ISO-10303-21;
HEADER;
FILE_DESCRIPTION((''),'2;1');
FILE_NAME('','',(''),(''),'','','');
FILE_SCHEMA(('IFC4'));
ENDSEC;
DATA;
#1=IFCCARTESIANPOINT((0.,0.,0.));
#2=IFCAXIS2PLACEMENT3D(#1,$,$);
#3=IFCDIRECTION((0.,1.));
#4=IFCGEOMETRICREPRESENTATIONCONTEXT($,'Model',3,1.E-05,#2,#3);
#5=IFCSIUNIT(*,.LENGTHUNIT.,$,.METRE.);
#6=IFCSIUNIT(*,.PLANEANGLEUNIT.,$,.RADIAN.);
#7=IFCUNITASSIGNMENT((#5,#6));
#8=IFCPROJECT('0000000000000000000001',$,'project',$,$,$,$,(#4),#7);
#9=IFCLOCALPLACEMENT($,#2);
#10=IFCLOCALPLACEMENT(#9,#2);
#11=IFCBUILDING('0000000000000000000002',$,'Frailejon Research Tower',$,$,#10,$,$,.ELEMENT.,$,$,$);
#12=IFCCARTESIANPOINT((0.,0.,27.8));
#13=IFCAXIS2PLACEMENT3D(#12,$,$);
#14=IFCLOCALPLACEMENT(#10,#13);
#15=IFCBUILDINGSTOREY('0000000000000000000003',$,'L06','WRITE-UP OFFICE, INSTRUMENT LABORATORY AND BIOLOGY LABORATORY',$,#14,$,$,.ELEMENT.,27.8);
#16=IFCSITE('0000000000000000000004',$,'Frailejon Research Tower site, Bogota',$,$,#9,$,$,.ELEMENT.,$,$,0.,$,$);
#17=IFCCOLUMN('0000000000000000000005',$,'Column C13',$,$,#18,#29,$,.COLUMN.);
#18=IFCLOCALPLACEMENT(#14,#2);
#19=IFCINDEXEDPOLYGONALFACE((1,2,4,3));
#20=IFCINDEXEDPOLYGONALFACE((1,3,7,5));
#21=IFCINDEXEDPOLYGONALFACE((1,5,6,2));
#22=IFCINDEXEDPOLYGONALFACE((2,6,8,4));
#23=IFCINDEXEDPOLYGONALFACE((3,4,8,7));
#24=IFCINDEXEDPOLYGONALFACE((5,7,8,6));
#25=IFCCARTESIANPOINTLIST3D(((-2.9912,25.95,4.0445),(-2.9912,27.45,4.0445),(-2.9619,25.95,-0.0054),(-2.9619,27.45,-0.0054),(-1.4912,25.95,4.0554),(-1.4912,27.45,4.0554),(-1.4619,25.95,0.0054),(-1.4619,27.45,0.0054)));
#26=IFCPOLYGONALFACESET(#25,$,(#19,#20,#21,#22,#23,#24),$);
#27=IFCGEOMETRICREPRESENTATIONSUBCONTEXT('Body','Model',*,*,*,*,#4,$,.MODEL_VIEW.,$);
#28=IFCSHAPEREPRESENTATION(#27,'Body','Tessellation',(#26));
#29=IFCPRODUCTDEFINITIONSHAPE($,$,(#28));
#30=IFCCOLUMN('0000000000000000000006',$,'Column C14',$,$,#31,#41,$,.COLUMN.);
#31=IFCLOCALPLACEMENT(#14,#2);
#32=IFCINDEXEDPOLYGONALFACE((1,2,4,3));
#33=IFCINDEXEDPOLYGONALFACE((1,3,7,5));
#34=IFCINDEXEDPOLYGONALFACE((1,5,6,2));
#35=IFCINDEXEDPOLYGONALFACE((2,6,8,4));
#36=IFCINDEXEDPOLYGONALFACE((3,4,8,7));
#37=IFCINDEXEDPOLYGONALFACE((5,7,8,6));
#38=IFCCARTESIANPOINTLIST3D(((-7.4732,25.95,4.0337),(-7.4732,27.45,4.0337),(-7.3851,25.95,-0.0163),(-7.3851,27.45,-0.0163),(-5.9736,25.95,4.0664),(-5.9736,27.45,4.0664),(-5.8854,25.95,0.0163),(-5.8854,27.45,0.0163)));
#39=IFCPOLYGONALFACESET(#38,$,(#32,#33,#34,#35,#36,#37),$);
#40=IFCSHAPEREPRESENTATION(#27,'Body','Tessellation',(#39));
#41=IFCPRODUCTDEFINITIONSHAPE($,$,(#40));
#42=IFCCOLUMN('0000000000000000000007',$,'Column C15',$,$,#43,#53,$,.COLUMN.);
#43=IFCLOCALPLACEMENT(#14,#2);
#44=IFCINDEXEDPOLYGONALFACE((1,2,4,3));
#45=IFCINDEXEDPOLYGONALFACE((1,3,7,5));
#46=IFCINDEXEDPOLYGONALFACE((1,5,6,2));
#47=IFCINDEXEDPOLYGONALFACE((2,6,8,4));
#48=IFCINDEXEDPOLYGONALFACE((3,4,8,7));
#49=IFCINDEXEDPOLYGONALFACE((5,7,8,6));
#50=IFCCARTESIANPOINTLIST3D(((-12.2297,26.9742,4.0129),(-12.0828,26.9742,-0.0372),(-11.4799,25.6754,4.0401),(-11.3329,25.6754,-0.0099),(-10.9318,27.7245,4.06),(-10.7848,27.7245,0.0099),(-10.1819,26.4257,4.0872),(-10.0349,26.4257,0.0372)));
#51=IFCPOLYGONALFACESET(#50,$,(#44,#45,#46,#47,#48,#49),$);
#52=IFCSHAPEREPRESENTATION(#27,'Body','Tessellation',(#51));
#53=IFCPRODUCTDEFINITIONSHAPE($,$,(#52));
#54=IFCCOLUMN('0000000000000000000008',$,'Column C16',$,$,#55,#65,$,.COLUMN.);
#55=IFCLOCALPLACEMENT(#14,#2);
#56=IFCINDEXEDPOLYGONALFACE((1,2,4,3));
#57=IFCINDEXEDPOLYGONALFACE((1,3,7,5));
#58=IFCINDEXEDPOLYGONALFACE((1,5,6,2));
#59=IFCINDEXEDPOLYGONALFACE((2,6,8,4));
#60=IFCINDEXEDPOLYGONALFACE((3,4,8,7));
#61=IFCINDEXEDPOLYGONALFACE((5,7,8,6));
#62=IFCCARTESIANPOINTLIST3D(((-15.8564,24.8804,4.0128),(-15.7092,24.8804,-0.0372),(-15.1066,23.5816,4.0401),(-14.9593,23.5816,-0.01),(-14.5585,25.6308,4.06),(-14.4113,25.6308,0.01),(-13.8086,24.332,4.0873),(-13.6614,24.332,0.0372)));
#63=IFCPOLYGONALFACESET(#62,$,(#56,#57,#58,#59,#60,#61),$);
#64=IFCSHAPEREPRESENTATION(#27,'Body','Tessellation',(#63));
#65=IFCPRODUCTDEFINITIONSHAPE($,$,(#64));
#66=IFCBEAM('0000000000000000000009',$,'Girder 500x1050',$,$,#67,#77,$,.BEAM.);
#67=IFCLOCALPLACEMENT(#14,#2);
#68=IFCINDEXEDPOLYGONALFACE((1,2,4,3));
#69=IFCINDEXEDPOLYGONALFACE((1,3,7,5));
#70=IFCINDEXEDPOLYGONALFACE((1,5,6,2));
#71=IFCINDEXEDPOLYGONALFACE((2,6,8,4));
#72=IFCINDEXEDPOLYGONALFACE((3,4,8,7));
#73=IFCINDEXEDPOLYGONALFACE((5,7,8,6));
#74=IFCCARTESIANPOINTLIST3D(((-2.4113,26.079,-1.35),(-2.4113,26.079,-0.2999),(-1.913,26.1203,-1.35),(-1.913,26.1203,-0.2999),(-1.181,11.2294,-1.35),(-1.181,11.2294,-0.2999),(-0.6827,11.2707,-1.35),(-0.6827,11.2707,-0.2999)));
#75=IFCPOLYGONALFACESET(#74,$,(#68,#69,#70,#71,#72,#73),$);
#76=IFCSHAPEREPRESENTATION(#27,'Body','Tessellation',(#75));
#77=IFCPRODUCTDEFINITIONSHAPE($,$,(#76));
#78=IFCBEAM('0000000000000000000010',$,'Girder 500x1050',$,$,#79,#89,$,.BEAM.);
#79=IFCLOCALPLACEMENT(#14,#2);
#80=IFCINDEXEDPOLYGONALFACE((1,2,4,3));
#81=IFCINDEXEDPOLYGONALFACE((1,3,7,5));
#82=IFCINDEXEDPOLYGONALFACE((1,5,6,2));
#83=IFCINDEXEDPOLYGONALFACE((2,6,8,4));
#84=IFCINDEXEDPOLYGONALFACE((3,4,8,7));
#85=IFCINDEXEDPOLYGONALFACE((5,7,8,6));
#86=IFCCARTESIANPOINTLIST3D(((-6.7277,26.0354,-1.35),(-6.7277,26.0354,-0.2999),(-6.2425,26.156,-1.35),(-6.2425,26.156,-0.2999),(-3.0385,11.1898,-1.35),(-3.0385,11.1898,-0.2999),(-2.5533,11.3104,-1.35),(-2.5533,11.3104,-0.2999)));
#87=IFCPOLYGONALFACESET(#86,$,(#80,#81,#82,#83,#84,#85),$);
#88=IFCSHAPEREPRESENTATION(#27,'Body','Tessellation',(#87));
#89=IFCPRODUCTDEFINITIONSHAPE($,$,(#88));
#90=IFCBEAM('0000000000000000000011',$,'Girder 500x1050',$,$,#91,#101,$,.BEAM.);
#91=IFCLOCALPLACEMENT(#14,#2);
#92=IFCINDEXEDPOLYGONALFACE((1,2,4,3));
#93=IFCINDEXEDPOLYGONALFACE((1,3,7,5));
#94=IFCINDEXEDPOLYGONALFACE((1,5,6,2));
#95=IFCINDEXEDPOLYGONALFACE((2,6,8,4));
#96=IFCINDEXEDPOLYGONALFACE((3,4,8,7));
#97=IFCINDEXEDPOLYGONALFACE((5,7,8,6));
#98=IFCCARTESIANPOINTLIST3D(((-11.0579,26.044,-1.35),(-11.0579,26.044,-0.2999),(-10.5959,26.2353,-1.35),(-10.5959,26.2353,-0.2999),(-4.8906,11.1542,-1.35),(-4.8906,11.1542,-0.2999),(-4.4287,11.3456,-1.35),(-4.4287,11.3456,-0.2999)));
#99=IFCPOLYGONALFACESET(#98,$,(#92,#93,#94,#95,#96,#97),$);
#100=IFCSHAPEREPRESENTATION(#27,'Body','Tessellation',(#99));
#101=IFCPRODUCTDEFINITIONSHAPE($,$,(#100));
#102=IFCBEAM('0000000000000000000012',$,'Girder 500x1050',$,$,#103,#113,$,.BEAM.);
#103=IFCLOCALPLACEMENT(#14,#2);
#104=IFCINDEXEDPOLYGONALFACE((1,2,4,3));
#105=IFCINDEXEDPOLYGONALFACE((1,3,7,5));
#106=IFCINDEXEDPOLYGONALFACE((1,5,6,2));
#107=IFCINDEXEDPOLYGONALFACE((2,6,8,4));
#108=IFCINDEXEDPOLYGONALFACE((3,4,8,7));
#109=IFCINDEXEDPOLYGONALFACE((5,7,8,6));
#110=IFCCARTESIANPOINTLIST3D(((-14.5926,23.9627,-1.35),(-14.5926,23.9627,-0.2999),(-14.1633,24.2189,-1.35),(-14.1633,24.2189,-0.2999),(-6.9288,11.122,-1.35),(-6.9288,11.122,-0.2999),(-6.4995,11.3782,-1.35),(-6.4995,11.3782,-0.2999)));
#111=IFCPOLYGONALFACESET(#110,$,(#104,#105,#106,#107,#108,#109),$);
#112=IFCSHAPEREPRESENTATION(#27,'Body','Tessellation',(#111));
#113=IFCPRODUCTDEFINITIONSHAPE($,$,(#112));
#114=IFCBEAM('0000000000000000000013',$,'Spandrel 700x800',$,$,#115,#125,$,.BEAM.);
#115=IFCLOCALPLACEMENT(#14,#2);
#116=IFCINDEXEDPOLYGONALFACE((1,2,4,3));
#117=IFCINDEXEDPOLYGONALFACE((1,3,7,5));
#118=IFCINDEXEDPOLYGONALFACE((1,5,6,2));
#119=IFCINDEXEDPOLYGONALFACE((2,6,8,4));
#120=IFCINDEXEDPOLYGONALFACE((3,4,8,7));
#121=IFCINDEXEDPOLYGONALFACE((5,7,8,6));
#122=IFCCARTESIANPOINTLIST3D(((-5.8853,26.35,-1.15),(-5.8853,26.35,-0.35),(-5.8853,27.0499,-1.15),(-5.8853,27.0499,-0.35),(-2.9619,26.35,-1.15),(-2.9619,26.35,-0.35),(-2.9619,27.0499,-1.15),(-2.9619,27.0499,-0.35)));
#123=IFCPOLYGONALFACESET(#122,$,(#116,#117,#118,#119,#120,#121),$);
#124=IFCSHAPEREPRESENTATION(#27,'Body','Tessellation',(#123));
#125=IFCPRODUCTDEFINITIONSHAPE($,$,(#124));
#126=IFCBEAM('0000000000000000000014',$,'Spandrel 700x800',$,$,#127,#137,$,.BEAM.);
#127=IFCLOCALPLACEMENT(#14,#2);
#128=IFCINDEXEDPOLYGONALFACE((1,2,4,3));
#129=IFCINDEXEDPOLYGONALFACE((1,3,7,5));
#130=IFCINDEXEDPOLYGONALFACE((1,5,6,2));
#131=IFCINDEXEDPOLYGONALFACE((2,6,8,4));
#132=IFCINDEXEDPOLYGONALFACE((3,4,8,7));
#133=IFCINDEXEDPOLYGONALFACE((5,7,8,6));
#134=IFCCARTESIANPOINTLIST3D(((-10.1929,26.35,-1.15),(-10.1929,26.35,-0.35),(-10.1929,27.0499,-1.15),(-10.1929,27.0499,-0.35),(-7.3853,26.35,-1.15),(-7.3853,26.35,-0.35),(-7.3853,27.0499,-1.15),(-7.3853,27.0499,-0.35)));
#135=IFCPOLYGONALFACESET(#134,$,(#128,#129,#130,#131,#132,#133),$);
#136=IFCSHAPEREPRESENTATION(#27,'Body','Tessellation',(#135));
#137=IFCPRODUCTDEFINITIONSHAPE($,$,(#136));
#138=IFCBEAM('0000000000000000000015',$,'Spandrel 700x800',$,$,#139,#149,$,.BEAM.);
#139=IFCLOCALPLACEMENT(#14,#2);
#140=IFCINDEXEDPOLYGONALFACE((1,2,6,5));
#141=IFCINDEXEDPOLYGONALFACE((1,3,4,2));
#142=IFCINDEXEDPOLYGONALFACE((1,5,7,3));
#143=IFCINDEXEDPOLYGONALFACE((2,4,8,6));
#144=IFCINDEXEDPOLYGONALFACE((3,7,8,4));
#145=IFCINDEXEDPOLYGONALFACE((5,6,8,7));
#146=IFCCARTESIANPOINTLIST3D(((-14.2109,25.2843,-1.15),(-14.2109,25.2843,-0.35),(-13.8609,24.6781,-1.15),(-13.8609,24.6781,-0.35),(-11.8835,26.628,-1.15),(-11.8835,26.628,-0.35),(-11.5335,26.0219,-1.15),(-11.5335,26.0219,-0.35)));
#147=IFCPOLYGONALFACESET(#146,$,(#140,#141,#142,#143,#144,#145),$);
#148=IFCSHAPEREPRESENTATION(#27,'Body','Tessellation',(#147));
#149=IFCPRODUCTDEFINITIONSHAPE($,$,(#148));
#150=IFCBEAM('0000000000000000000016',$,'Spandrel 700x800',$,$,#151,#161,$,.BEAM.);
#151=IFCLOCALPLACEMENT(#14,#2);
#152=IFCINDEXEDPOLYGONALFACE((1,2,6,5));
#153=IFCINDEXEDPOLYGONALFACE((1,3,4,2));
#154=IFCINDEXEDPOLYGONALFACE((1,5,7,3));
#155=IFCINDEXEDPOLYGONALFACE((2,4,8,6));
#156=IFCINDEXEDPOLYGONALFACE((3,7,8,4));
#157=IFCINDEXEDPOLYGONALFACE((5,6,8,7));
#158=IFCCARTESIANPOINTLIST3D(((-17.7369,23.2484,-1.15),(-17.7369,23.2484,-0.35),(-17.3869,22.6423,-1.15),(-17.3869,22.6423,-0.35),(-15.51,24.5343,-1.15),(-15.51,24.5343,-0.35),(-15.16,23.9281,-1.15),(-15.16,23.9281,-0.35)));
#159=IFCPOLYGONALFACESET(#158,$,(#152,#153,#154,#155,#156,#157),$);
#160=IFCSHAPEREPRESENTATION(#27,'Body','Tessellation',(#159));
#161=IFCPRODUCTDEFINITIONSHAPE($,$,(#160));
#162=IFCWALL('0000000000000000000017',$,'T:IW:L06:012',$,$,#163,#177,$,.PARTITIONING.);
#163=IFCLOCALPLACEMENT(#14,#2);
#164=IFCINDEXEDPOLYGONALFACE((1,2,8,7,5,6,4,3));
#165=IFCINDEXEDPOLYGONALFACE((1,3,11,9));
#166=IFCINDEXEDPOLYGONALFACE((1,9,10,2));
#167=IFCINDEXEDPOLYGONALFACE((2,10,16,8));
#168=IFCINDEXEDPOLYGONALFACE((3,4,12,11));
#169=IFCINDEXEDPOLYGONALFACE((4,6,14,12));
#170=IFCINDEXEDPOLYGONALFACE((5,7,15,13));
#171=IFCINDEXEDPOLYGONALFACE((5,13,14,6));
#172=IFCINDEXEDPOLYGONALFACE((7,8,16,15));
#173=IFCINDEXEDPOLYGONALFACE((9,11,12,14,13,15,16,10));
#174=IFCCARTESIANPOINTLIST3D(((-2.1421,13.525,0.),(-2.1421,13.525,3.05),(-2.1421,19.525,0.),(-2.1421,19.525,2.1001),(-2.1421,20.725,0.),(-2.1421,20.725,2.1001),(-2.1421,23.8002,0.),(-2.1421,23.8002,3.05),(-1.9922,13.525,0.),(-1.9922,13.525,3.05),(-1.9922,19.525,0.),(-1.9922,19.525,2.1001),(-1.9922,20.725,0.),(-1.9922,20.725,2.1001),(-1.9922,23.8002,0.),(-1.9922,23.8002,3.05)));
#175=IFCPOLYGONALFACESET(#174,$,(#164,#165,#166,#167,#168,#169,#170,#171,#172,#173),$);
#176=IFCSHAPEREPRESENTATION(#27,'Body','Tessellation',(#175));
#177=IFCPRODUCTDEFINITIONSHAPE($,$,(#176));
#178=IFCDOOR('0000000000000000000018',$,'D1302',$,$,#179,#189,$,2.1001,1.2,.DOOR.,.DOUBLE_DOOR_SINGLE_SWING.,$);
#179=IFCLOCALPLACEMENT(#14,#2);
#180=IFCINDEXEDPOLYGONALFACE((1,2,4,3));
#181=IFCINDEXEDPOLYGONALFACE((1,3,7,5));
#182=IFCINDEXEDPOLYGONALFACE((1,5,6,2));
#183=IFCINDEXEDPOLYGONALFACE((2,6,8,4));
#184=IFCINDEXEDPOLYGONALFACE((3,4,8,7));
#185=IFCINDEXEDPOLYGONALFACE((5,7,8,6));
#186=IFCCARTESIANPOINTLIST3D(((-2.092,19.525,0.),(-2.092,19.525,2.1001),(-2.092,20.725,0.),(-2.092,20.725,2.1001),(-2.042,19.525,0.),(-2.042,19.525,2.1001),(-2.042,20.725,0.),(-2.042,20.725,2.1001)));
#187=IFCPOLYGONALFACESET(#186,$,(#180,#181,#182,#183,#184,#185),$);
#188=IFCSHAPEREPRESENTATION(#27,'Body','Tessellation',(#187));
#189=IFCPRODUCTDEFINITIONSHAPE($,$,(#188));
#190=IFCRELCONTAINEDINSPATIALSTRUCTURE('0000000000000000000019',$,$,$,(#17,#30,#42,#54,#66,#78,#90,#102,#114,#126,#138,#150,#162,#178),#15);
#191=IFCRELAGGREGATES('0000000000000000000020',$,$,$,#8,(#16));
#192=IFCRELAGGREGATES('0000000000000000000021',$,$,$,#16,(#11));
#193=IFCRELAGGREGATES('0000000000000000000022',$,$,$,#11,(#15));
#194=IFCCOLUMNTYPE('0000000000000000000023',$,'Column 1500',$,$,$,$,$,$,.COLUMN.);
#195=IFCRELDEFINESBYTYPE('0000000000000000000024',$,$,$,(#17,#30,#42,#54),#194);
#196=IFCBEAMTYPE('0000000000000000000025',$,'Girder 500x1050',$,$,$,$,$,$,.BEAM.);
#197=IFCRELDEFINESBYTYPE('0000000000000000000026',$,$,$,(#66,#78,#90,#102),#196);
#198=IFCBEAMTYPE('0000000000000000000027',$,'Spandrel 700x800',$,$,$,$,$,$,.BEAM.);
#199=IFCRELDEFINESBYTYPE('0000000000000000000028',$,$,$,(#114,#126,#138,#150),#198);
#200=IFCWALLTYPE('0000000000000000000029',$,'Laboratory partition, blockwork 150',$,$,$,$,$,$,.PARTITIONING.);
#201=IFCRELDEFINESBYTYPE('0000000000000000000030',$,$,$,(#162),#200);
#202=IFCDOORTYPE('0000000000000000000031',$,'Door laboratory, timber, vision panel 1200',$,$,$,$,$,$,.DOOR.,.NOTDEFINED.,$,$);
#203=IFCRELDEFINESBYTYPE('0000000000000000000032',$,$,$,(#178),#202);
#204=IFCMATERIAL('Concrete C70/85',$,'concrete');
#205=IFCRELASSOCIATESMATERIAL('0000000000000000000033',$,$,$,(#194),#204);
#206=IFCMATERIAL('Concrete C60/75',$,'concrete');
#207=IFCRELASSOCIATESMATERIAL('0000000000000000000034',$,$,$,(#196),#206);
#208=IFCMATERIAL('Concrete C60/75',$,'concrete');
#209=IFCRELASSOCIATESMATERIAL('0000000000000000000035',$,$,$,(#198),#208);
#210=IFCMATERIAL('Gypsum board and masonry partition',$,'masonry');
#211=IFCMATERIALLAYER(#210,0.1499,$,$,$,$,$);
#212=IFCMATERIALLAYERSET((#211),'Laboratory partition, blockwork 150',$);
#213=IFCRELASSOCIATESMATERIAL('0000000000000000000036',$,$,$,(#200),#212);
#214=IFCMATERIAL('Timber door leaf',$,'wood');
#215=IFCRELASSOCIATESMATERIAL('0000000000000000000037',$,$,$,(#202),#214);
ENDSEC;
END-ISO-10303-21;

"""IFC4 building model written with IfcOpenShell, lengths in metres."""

from ifc_helpers import new_model, si_unit, direction, frame, frame_2d, origin, origin_2d, place, context, subcontext, project, spatial, rectangle, extrude, material, layer, layer_set, material_profile, profile_set, type_object, element, fill, save


model = new_model("IFC4")

# Units and contexts
model_context = context("Model", 3, precision=1e-05, world=origin(), true_north=direction((0.0, 1.0)))
body_context = subcontext(model_context, "Body", "Model", "MODEL_VIEW")
ifc_project = project(units=[si_unit("LENGTHUNIT", "METRE"), si_unit("PLANEANGLEUNIT", "RADIAN")], contexts=[model_context])

# Site, building, storey
site_placement = place(None, origin())
site = spatial("IfcSite", under=ifc_project, at=site_placement, Name="Frailejon Research Tower site, Bogota", CompositionType="ELEMENT", RefElevation=0.0)
building_placement = place(site_placement, origin())
building = spatial("IfcBuilding", under=site, at=building_placement, Name="Frailejon Research Tower", CompositionType="ELEMENT")
storey_placement = place(building_placement, frame((0.0, 0.0, 27.8)))
storey = spatial("IfcBuildingStorey", under=building, at=storey_placement, Name="L06", Description="WRITE-UP OFFICE, INSTRUMENT LABORATORY AND BIOLOGY LABORATORY", CompositionType="ELEMENT", Elevation=27.8)

# Columns
ifc_material_1 = material(Name="Concrete C70/85", Category="concrete")
ifc_material_profile_1 = material_profile(ifc_material_1, rectangle(XDim=1.5, YDim=1.5, at=origin_2d()), Name="Column 1500")
ifc_profile_set_1 = profile_set([ifc_material_profile_1], Name="Concrete C70/85")
column_type = type_object("IfcColumnType", Name="Column 1500", PredefinedType="COLUMN", material=ifc_profile_set_1)
column_1_placement = place(storey_placement, frame((-2.2119, 26.7, 0.0), z_axis=(-0.007234, 0.0, 0.999974), x_axis=(-0.999974, 0.0, -0.007234)))
element("IfcColumn", 1, at=column_1_placement, inside=storey, type_object=column_type, Name="Column C13", PredefinedType="COLUMN", context=body_context, shape_type="SweptSolid", body=[
    extrude(rectangle(XDim=1.5, YDim=1.5, at=origin_2d()), origin(), (0.0, 0.0, 1.0), 4.05),
])
column_2_placement = place(storey_placement, frame((-6.6353, 26.7, 0.0), z_axis=(-0.021756, 0.0, 0.999763), x_axis=(-0.999763, 0.0, -0.021756)))
element("IfcColumn", 2, at=column_2_placement, inside=storey, type_object=column_type, Name="Column C14", PredefinedType="COLUMN", context=body_context, shape_type="SweptSolid", body=[
    extrude(rectangle(XDim=1.5, YDim=1.5, at=origin_2d()), origin(), (0.0, 0.0, 1.0), 4.051),
])
for number, where, z_axis, x_axis, name in (
    (3, (-11.0588, 26.7, 0.0), (-0.036265, 0.0, 0.999342), (-0.865314, -0.500246, -0.031401), "Column C15"),
    (4, (-14.6853, 24.6062, 0.0), (-0.036325, 0.0, 0.99934), (-0.865312, -0.500246, -0.031454), "Column C16"),
):
    element("IfcColumn", number, at=place(storey_placement, frame(where, z_axis=z_axis, x_axis=x_axis)), inside=storey, type_object=column_type, Name=name, PredefinedType="COLUMN", context=body_context, shape_type="SweptSolid", body=[
        extrude(rectangle(XDim=1.5, YDim=1.5, at=origin_2d()), origin(), (0.0, 0.0, 1.0), 4.0527),
    ])

# Beams
ifc_material_2 = material(Name="Concrete C60/75", Category="concrete")
ifc_material_profile_2 = material_profile(ifc_material_2, rectangle(XDim=0.5, YDim=1.05, at=origin_2d()), Name="Girder 500x1050")
ifc_profile_set_2 = profile_set([ifc_material_profile_2], Name="Concrete C60/75")
beam_type_1 = type_object("IfcBeamType", Name="Girder 500x1050", PredefinedType="BEAM", material=ifc_profile_set_2)
beam_1_placement = place(storey_placement, frame((-2.1621, 26.0996, -0.825), z_axis=(0.082563, -0.996586, 0.0), x_axis=(0.996586, 0.082563, 0.0)))
element("IfcBeam", 5, at=beam_1_placement, inside=storey, type_object=beam_type_1, Name="Girder 500x1050", PredefinedType="BEAM", context=body_context, shape_type="SweptSolid", body=[
    extrude(rectangle(XDim=0.5, YDim=1.05, at=origin_2d()), origin(), (0.0, 0.0, 1.0), 14.9004),
])
beam_2_placement = place(storey_placement, frame((-6.4851, 26.0957, -0.825), z_axis=(0.241168, -0.970483, 0.0), x_axis=(0.970483, 0.241168, 0.0)))
element("IfcBeam", 6, at=beam_2_placement, inside=storey, type_object=beam_type_1, Name="Girder 500x1050", PredefinedType="BEAM", context=body_context, shape_type="SweptSolid", body=[
    extrude(rectangle(XDim=0.5, YDim=1.05, at=origin_2d()), origin(), (0.0, 0.0, 1.0), 15.2971),
])
beam_3_placement = place(storey_placement, frame((-10.8269, 26.1396, -0.825), z_axis=(0.38267, -0.923885, 0.0), x_axis=(0.923885, 0.38267, 0.0)))
element("IfcBeam", 7, at=beam_3_placement, inside=storey, type_object=beam_type_1, Name="Girder 500x1050", PredefinedType="BEAM", context=body_context, shape_type="SweptSolid", body=[
    extrude(rectangle(XDim=0.5, YDim=1.05, at=origin_2d()), origin(), (0.0, 0.0, 1.0), 16.1165),
])
beam_4_placement = place(storey_placement, frame((-14.3779, 24.0908, -0.825), z_axis=(0.512494, -0.858691, 0.0), x_axis=(0.858691, 0.512494, 0.0)))
element("IfcBeam", 8, at=beam_4_placement, inside=storey, type_object=beam_type_1, Name="Girder 500x1050", PredefinedType="BEAM", context=body_context, shape_type="SweptSolid", body=[
    extrude(rectangle(XDim=0.5, YDim=1.05, at=origin_2d()), origin(), (0.0, 0.0, 1.0), 14.9539),
])
ifc_material_3 = material(Name="Concrete C60/75", Category="concrete")
ifc_material_profile_3 = material_profile(ifc_material_3, rectangle(XDim=0.7, YDim=0.8, at=origin_2d()), Name="Spandrel 700x800")
ifc_profile_set_3 = profile_set([ifc_material_profile_3], Name="Concrete C60/75")
beam_type_2 = type_object("IfcBeamType", Name="Spandrel 700x800", PredefinedType="BEAM", material=ifc_profile_set_3)
beam_5_placement = place(storey_placement, frame((-2.9619, 26.7, -0.75), z_axis=(-1.0, 0.0, 0.0), x_axis=(0.0, -1.0, 0.0)))
element("IfcBeam", 9, at=beam_5_placement, inside=storey, type_object=beam_type_2, Name="Spandrel 700x800", PredefinedType="BEAM", context=body_context, shape_type="SweptSolid", body=[
    extrude(rectangle(XDim=0.7, YDim=0.8, at=origin_2d()), origin(), (0.0, 0.0, 1.0), 2.9233),
])
beam_6_placement = place(storey_placement, frame((-7.3853, 26.7, -0.75), z_axis=(-1.0, 0.0, 0.0), x_axis=(0.0, -1.0, 0.0)))
element("IfcBeam", 10, at=beam_6_placement, inside=storey, type_object=beam_type_2, Name="Spandrel 700x800", PredefinedType="BEAM", context=body_context, shape_type="SweptSolid", body=[
    extrude(rectangle(XDim=0.7, YDim=0.8, at=origin_2d()), origin(), (0.0, 0.0, 1.0), 2.8076),
])
beam_7_placement = place(storey_placement, frame((-11.7085, 26.325, -0.75), z_axis=(-0.866021, -0.500008, 0.0), x_axis=(0.500008, -0.866021, 0.0)))
element("IfcBeam", 11, at=beam_7_placement, inside=storey, type_object=beam_type_2, Name="Spandrel 700x800", PredefinedType="BEAM", context=body_context, shape_type="SweptSolid", body=[
    extrude(rectangle(XDim=0.7, YDim=0.8, at=origin_2d()), origin(), (0.0, 0.0, 1.0), 2.6875),
])
beam_8_placement = place(storey_placement, frame((-15.335, 24.2312, -0.75), z_axis=(-0.866009, -0.500029, 0.0), x_axis=(0.500029, -0.866009, 0.0)))
element("IfcBeam", 12, at=beam_8_placement, inside=storey, type_object=beam_type_2, Name="Spandrel 700x800", PredefinedType="BEAM", context=body_context, shape_type="SweptSolid", body=[
    extrude(rectangle(XDim=0.7, YDim=0.8, at=origin_2d()), origin(), (0.0, 0.0, 1.0), 2.5715),
])

# Wall, opening, door
ifc_material_4 = material(Name="Gypsum board and masonry partition", Category="masonry")
ifc_layer_1 = layer(ifc_material_4, 0.1499)
ifc_layer_set_1 = layer_set([ifc_layer_1], Name="Laboratory partition, blockwork 150")
wall_type_1 = type_object("IfcWallType", Name="Laboratory partition, blockwork 150", PredefinedType="PARTITIONING", material=ifc_layer_set_1)
wall_1_placement = place(storey_placement, frame((-2.0671, 13.5249, 0.0), z_axis=(0.0, 0.0, 1.0), x_axis=(0.0, 1.0, 0.0)))
wall_1 = element("IfcWall", 13, at=wall_1_placement, inside=storey, type_object=wall_type_1, Name="T:IW:L06:012", PredefinedType="PARTITIONING", context=body_context, shape_type="SweptSolid", body=[
    extrude(rectangle(XDim=10.2751, YDim=0.1499, at=frame_2d((5.1377, 0.0))), origin(), (0.0, 0.0, 1.0), 3.05),
])
opening_1_placement = place(wall_1_placement, frame((6.0, 0.0, 0.0)))
opening_1 = element("IfcOpeningElement", 14, at=opening_1_placement, cuts=wall_1, PredefinedType="OPENING", context=body_context, shape_type="SweptSolid", body=[
    extrude(rectangle(XDim=1.2, YDim=2.1001, at=frame_2d((0.6001, 1.05))), frame((0.0, 0.085, 0.0), z_axis=(0.0, -1.0, 0.0), x_axis=(1.0, 0.0, 0.0)), (0.0, 0.0, 1.0), 0.1699),
])
ifc_material_5 = material(Name="Timber door leaf", Category="wood")
door_type = type_object("IfcDoorType", Name="Door laboratory, timber, vision panel 1200", OperationType="NOTDEFINED", PredefinedType="DOOR", material=ifc_material_5)
door_placement = place(opening_1_placement, origin())
door = element("IfcDoor", 15, at=door_placement, inside=storey, type_object=door_type, Name="D1302", OperationType="DOUBLE_DOOR_SINGLE_SWING", OverallHeight=2.1001, OverallWidth=1.2, PredefinedType="DOOR", context=body_context, shape_type="SweptSolid", body=[
    extrude(rectangle(XDim=1.2, YDim=2.1001, at=frame_2d((0.6001, 1.05))), frame((0.0, 0.0249, 0.0), z_axis=(0.0, -1.0, 0.0), x_axis=(1.0, 0.0, 0.0)), (0.0, 0.0, 1.0), 0.05),
])
fill(opening_1, door)

save(model, "model.ifc")
